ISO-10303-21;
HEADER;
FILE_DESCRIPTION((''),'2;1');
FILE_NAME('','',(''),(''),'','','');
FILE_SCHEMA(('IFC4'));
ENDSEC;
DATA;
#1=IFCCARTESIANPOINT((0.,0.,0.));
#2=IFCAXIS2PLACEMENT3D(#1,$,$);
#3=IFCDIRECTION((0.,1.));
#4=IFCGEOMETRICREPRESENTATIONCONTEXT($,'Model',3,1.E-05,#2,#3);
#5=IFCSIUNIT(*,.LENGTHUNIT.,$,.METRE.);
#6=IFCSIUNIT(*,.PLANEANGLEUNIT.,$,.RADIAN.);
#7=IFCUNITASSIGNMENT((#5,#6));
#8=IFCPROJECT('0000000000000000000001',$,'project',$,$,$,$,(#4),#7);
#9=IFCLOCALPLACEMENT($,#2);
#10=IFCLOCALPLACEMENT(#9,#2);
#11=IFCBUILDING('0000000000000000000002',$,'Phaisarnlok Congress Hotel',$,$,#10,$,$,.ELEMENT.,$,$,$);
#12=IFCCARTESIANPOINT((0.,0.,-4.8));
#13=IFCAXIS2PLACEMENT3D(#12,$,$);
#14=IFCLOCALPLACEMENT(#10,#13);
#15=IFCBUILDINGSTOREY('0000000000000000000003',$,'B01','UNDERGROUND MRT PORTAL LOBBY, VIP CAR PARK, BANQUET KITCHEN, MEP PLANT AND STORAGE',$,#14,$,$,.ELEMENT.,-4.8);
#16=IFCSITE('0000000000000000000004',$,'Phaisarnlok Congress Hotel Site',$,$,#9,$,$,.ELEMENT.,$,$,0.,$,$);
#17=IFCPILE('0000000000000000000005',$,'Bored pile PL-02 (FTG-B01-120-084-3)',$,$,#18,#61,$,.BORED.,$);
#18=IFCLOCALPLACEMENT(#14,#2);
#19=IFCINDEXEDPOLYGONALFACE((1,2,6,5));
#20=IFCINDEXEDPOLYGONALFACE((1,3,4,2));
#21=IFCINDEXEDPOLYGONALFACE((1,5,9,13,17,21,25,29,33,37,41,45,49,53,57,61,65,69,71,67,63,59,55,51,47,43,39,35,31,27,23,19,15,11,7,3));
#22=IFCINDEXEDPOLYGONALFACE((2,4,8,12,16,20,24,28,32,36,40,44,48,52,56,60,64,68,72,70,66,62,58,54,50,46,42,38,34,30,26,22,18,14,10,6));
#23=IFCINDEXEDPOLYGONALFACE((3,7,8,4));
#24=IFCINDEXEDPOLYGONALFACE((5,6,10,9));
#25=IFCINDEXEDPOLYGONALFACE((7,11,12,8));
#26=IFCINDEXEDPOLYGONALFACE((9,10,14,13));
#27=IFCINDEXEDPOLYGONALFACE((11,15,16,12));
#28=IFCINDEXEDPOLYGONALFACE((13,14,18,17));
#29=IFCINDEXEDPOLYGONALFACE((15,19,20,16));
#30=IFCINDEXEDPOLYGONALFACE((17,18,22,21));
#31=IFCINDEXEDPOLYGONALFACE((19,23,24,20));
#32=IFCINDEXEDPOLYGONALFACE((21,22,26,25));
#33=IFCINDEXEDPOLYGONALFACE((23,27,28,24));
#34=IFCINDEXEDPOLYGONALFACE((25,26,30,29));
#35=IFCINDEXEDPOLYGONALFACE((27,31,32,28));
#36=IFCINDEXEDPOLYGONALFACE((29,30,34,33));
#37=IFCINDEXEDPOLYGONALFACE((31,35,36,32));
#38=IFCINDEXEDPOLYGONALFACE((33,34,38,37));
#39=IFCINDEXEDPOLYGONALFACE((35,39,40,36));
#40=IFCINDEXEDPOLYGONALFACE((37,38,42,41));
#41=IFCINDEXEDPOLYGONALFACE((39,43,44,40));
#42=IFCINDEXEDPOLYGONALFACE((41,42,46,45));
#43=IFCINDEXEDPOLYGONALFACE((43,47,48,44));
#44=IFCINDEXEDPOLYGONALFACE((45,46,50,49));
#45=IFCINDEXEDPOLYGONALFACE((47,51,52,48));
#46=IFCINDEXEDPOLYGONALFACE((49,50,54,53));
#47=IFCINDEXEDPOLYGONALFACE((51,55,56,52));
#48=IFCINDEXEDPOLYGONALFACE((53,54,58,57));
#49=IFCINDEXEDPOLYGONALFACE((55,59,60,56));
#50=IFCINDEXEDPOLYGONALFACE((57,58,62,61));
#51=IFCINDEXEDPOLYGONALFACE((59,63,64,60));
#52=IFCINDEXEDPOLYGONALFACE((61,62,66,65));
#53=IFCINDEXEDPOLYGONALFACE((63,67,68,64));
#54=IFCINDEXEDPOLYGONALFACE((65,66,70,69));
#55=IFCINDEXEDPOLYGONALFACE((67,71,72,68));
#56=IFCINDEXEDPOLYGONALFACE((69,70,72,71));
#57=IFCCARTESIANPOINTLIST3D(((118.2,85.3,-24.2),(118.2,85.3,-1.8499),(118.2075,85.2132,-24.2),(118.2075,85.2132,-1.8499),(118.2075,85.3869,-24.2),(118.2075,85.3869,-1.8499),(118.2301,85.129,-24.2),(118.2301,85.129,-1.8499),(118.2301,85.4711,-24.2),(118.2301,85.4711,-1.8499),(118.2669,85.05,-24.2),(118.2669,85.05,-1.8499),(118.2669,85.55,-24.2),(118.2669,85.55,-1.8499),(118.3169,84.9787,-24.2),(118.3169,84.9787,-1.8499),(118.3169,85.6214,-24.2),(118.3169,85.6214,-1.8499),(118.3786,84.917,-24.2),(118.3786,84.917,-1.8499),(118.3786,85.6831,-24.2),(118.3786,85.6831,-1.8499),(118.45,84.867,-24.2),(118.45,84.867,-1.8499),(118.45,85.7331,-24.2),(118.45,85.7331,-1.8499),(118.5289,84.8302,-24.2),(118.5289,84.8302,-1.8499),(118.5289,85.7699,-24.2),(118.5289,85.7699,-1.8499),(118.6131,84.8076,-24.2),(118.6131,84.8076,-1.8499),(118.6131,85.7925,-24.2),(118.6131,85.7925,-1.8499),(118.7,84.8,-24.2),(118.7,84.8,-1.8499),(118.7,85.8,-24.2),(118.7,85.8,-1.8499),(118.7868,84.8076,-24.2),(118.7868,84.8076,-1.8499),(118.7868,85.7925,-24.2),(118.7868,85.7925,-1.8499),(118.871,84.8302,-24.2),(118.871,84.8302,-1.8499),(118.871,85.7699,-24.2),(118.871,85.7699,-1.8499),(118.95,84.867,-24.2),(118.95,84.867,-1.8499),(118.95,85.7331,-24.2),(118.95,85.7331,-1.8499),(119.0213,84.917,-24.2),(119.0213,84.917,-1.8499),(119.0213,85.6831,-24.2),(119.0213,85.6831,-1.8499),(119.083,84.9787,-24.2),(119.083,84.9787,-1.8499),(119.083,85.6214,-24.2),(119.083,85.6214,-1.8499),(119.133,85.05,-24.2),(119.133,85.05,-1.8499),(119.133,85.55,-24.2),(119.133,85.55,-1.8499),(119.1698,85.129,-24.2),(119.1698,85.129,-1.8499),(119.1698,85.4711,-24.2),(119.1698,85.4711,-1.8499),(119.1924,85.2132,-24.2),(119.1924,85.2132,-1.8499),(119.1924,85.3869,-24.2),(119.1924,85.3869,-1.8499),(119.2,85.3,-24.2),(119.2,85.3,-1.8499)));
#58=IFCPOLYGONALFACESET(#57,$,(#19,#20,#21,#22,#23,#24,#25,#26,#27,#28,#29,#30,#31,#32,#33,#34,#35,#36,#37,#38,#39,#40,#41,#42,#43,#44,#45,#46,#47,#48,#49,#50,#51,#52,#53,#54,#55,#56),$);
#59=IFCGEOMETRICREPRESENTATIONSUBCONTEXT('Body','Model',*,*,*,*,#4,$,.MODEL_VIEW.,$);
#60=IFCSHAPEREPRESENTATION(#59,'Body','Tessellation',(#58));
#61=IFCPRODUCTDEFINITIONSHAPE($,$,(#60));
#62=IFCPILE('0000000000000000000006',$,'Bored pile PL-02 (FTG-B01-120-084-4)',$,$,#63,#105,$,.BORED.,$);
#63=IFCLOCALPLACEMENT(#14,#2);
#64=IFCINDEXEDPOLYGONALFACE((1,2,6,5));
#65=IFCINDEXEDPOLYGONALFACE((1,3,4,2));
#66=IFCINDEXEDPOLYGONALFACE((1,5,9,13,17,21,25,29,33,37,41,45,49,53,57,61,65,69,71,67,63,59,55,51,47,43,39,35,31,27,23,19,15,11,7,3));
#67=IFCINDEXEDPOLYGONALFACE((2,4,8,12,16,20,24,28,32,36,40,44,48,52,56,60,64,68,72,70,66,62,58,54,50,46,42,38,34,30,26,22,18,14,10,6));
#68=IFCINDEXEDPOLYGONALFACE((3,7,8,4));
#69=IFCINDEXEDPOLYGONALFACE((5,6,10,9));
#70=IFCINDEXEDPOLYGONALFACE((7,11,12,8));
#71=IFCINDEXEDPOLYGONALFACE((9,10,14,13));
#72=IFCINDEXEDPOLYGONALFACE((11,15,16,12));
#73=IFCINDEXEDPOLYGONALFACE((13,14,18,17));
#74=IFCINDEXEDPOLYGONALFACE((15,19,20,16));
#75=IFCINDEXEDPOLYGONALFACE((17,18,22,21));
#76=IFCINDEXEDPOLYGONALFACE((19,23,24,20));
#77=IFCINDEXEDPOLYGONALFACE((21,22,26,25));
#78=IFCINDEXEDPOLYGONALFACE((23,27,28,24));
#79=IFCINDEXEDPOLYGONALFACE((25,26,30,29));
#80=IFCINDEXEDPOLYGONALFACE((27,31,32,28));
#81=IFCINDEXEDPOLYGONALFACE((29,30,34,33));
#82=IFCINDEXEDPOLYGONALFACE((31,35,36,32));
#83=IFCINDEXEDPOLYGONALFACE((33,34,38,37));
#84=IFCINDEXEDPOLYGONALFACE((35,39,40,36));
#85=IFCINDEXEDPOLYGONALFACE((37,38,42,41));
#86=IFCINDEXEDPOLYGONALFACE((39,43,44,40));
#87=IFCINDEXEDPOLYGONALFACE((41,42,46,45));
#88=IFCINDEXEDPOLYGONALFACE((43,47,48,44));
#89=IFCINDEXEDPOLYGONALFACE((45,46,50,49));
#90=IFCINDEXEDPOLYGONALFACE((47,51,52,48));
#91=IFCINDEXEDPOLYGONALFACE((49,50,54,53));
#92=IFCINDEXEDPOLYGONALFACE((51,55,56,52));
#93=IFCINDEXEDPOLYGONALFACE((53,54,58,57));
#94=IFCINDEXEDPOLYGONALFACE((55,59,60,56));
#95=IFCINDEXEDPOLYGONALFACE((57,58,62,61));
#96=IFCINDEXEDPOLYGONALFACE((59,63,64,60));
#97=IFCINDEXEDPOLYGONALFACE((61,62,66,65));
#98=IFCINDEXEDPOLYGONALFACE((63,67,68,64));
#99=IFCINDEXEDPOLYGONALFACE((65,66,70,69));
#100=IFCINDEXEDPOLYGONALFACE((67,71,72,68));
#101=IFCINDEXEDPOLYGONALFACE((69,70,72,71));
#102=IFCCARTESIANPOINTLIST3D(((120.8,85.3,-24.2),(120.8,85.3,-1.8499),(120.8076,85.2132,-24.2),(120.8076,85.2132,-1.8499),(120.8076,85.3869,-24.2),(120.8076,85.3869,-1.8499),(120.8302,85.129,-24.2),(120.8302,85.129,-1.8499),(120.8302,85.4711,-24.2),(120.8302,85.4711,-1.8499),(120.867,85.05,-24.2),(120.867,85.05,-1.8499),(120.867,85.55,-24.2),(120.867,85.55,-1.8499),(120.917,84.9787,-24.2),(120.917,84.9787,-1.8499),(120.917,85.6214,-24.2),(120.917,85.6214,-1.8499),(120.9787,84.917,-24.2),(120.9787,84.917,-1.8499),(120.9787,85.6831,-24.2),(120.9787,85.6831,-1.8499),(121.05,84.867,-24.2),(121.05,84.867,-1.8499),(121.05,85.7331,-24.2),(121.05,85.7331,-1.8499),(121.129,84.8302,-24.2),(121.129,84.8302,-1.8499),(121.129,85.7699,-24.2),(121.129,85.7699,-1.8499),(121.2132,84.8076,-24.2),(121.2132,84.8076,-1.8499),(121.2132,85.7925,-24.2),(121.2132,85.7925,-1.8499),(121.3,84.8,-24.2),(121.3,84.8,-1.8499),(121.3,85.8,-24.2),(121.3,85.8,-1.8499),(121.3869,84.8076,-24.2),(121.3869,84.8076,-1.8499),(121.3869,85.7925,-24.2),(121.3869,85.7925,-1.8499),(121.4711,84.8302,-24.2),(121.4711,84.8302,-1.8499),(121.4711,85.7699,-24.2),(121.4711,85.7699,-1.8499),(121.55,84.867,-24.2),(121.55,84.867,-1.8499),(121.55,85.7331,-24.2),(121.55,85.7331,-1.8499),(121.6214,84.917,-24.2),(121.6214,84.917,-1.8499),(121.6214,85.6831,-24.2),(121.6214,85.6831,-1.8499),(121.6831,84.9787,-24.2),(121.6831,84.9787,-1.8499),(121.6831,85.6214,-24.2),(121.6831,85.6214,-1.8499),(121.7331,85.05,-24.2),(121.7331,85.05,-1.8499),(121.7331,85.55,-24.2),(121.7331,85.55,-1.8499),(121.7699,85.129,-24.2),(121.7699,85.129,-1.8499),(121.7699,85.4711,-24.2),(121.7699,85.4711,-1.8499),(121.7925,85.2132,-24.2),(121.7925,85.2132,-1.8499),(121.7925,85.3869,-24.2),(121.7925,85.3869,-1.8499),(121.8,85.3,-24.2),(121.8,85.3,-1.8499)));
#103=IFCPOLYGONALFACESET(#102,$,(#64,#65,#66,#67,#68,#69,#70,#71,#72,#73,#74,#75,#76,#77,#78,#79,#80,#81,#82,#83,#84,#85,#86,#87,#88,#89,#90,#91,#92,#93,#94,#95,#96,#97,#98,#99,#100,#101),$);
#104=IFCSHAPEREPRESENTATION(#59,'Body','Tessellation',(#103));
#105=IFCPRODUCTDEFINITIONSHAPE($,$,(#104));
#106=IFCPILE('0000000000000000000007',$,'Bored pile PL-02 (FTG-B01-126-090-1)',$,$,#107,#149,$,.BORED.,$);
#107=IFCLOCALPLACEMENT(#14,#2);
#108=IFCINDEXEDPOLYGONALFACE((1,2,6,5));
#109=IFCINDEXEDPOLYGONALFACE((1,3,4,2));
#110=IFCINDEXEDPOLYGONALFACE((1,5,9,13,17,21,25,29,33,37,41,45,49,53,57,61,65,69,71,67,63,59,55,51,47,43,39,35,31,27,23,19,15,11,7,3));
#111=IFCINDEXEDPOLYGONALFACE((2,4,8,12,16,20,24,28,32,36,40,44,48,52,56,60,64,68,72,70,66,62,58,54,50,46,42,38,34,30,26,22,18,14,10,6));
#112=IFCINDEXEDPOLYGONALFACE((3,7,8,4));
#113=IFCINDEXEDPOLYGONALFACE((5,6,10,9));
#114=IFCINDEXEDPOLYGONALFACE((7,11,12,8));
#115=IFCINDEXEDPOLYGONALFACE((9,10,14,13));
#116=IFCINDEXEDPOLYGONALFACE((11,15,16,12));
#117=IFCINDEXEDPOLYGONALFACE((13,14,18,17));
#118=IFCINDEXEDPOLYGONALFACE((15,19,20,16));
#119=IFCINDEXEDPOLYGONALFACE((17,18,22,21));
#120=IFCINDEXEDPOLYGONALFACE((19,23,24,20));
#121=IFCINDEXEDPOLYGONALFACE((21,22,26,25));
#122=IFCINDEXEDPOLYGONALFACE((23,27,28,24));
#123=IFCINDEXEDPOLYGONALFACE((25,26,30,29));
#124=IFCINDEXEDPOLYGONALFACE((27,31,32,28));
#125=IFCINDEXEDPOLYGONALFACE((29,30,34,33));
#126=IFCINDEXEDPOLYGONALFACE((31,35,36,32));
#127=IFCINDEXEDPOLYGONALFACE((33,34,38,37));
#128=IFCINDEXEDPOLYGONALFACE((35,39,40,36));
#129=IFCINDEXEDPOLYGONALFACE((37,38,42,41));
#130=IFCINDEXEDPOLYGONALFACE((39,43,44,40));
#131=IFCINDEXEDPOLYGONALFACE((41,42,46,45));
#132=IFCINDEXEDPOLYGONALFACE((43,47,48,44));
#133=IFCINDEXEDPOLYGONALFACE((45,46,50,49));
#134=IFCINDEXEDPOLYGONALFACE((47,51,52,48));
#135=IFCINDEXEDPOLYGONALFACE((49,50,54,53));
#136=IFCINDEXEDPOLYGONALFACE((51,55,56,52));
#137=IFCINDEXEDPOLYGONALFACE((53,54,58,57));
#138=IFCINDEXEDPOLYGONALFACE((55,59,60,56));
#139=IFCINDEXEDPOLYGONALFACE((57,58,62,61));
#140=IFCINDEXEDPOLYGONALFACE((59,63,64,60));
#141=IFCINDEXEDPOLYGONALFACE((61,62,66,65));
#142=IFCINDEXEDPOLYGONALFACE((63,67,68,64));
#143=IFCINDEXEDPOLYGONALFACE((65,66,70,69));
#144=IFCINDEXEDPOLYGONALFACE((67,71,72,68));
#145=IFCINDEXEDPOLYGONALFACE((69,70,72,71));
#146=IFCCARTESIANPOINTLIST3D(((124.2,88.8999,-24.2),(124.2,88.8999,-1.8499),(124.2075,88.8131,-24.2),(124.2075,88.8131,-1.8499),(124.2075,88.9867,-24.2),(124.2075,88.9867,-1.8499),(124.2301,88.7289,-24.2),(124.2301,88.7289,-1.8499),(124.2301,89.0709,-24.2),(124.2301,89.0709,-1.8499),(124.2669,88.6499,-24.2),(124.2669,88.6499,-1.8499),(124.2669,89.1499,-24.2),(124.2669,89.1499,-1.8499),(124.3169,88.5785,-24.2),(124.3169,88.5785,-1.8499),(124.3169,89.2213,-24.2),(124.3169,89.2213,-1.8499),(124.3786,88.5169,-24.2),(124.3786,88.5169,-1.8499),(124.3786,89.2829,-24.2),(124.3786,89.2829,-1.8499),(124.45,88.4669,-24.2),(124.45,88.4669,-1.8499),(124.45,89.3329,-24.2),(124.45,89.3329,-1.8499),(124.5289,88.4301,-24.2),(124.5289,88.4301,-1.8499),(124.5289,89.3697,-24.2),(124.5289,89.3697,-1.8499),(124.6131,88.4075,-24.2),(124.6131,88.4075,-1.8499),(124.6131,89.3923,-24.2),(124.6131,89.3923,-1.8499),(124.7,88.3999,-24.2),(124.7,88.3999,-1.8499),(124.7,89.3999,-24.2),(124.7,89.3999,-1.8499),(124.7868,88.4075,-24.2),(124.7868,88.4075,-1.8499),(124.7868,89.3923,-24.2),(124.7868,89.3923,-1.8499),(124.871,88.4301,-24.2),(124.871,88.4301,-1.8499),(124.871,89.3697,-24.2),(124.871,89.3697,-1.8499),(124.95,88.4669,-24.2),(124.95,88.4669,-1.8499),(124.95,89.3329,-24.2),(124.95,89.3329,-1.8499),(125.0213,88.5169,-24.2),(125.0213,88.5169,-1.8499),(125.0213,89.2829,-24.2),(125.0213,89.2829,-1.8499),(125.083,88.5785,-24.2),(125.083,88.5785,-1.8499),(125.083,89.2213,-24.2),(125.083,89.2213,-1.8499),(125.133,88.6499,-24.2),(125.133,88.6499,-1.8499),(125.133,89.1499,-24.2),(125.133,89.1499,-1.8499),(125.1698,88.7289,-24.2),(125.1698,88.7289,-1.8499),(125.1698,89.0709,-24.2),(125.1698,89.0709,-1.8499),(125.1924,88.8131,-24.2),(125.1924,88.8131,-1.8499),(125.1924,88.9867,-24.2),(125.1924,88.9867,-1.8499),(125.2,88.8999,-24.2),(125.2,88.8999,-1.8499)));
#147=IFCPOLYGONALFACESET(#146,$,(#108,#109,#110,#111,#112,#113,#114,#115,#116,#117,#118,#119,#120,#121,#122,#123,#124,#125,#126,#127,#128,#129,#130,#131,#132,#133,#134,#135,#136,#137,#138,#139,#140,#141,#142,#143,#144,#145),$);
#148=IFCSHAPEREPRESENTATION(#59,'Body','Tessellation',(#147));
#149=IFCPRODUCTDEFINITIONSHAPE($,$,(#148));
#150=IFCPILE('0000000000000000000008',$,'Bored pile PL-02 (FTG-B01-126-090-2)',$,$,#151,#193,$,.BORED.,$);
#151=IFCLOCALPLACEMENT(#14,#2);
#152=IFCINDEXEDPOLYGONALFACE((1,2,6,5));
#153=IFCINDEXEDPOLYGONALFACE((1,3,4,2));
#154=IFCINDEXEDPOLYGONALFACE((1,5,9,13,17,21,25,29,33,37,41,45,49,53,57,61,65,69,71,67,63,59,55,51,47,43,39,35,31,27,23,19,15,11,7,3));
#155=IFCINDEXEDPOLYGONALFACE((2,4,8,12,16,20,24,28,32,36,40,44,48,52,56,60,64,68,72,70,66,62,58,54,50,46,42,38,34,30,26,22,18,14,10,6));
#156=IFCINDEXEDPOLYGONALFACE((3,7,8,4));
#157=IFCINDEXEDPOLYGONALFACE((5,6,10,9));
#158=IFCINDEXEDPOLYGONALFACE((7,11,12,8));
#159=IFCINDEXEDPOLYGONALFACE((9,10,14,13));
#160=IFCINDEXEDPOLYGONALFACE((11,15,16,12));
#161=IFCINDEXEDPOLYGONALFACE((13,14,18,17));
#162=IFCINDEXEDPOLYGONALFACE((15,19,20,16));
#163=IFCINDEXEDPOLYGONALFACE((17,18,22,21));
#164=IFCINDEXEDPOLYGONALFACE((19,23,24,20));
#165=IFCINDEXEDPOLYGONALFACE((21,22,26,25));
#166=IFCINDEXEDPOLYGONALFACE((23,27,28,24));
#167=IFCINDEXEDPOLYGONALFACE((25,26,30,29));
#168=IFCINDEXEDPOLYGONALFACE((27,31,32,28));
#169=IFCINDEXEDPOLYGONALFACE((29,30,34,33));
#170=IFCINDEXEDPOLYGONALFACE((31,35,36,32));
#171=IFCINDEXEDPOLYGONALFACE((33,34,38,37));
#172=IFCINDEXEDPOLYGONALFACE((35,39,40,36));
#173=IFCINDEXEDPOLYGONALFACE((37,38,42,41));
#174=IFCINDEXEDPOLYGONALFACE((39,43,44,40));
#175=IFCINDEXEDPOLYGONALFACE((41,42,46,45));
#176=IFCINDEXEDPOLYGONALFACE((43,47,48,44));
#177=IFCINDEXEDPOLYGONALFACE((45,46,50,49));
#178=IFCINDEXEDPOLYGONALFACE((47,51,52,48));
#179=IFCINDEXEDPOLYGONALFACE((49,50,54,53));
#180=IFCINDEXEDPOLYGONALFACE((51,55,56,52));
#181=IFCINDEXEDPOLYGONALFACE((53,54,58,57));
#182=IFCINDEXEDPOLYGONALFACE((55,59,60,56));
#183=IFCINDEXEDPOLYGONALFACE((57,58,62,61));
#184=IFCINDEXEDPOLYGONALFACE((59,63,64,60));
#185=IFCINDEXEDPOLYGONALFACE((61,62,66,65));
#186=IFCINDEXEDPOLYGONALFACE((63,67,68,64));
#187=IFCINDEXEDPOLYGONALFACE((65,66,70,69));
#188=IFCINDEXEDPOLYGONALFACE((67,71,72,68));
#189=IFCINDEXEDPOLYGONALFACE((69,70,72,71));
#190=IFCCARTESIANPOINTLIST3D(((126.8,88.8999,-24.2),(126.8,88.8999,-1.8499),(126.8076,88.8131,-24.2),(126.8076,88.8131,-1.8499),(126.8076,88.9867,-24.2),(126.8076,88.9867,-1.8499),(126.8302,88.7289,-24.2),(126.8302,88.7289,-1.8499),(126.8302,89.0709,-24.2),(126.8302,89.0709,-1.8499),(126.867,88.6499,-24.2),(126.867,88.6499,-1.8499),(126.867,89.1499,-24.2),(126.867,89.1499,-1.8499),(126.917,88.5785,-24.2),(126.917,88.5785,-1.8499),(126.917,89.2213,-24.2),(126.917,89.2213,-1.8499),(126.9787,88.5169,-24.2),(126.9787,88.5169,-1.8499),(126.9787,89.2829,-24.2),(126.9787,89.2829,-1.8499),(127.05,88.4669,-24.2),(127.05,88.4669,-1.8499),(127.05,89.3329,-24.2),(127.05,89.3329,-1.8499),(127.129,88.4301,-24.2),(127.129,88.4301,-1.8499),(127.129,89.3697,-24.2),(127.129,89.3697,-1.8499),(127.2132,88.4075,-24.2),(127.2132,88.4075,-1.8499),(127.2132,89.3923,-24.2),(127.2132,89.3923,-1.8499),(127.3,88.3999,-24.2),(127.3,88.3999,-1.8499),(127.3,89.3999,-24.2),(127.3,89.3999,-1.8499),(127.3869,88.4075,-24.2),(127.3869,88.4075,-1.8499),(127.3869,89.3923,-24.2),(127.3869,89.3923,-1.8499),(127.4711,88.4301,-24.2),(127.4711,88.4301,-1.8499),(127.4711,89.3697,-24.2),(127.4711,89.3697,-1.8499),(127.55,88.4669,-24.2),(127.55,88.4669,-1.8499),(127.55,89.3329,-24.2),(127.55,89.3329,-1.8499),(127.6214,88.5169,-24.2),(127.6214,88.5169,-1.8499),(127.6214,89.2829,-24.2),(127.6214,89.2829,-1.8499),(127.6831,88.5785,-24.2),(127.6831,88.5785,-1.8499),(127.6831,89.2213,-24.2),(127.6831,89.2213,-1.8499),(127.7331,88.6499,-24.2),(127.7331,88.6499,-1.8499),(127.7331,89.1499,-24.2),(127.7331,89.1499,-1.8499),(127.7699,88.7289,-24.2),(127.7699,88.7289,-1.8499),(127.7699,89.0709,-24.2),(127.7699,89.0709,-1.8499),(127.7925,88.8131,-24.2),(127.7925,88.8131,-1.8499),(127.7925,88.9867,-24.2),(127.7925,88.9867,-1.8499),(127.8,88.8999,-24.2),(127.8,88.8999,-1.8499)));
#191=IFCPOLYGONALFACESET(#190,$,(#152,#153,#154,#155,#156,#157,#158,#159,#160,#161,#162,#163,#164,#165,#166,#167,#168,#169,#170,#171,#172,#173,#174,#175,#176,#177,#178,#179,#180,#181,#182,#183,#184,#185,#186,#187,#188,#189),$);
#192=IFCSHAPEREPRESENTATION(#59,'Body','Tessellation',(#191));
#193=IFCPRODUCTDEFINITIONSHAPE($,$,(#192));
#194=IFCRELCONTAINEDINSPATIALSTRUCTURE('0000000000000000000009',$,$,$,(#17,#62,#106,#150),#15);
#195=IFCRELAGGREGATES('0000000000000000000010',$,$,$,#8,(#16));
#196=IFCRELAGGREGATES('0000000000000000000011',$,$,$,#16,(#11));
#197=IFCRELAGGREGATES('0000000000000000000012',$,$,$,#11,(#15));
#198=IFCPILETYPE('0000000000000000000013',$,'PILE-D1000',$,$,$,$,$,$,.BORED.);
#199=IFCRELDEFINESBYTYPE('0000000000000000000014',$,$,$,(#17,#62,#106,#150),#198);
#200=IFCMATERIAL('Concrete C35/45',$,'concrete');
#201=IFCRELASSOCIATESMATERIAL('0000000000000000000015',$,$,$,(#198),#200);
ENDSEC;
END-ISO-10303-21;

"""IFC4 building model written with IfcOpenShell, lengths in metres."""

from ifc_helpers import new_model, si_unit, direction, frame, origin, origin_2d, place, context, subcontext, project, spatial, circle, extrude, material, material_profile, profile_set, type_object, element, save


model = new_model("IFC4")

# Units and contexts
model_context = context("Model", 3, precision=1e-05, world=origin(), true_north=direction((0.0, 1.0)))
body_context = subcontext(model_context, "Body", "Model", "MODEL_VIEW")
ifc_project = project(units=[si_unit("LENGTHUNIT", "METRE"), si_unit("PLANEANGLEUNIT", "RADIAN")], contexts=[model_context])

# Site, building, storey
site_placement = place(None, origin())
site = spatial("IfcSite", under=ifc_project, at=site_placement, Name="Phaisarnlok Congress Hotel Site", CompositionType="ELEMENT", RefElevation=0.0)
building_placement = place(site_placement, origin())
building = spatial("IfcBuilding", under=site, at=building_placement, Name="Phaisarnlok Congress Hotel", CompositionType="ELEMENT")
storey_placement = place(building_placement, frame((0.0, 0.0, -4.8)))
storey = spatial("IfcBuildingStorey", under=building, at=storey_placement, Name="B01", Description="UNDERGROUND MRT PORTAL LOBBY, VIP CAR PARK, BANQUET KITCHEN, MEP PLANT AND STORAGE", CompositionType="ELEMENT", Elevation=-4.8)

# Piles
ifc_material_1 = material(Name="Concrete C35/45", Category="concrete")
ifc_material_profile_1 = material_profile(ifc_material_1, circle(Radius=0.5, at=origin_2d()), Name="BORED PILE D1000")
ifc_profile_set_1 = profile_set([ifc_material_profile_1], Name="Concrete C35/45")
pile_type_1 = type_object("IfcPileType", Name="PILE-D1000", PredefinedType="BORED", material=ifc_profile_set_1)
for number, where, z_axis, x_axis, name in (
    (1, (118.7, 85.3, -1.8499), (0.0, 0.0, -1.0), (1.0, 0.0, 0.0), "Bored pile PL-02 (FTG-B01-120-084-3)"),
    (2, (121.3, 85.3, -1.8499), (0.0, 0.0, -1.0), (1.0, 0.0, 0.0), "Bored pile PL-02 (FTG-B01-120-084-4)"),
    (3, (124.7, 88.8999, -1.8499), (0.0, 0.0, -1.0), (1.0, 0.0, 0.0), "Bored pile PL-02 (FTG-B01-126-090-1)"),
    (4, (127.3, 88.8999, -1.8499), (0.0, 0.0, -1.0), (1.0, 0.0, 0.0), "Bored pile PL-02 (FTG-B01-126-090-2)"),
):
    element("IfcPile", number, at=place(storey_placement, frame(where, z_axis=z_axis, x_axis=x_axis)), inside=storey, type_object=pile_type_1, Name=name, PredefinedType="BORED", context=body_context, shape_type="SweptSolid", body=[
        extrude(circle(Radius=0.5, at=origin_2d()), origin(), (0.0, 0.0, 1.0), 22.3501),
    ])

save(model, "model.ifc")
